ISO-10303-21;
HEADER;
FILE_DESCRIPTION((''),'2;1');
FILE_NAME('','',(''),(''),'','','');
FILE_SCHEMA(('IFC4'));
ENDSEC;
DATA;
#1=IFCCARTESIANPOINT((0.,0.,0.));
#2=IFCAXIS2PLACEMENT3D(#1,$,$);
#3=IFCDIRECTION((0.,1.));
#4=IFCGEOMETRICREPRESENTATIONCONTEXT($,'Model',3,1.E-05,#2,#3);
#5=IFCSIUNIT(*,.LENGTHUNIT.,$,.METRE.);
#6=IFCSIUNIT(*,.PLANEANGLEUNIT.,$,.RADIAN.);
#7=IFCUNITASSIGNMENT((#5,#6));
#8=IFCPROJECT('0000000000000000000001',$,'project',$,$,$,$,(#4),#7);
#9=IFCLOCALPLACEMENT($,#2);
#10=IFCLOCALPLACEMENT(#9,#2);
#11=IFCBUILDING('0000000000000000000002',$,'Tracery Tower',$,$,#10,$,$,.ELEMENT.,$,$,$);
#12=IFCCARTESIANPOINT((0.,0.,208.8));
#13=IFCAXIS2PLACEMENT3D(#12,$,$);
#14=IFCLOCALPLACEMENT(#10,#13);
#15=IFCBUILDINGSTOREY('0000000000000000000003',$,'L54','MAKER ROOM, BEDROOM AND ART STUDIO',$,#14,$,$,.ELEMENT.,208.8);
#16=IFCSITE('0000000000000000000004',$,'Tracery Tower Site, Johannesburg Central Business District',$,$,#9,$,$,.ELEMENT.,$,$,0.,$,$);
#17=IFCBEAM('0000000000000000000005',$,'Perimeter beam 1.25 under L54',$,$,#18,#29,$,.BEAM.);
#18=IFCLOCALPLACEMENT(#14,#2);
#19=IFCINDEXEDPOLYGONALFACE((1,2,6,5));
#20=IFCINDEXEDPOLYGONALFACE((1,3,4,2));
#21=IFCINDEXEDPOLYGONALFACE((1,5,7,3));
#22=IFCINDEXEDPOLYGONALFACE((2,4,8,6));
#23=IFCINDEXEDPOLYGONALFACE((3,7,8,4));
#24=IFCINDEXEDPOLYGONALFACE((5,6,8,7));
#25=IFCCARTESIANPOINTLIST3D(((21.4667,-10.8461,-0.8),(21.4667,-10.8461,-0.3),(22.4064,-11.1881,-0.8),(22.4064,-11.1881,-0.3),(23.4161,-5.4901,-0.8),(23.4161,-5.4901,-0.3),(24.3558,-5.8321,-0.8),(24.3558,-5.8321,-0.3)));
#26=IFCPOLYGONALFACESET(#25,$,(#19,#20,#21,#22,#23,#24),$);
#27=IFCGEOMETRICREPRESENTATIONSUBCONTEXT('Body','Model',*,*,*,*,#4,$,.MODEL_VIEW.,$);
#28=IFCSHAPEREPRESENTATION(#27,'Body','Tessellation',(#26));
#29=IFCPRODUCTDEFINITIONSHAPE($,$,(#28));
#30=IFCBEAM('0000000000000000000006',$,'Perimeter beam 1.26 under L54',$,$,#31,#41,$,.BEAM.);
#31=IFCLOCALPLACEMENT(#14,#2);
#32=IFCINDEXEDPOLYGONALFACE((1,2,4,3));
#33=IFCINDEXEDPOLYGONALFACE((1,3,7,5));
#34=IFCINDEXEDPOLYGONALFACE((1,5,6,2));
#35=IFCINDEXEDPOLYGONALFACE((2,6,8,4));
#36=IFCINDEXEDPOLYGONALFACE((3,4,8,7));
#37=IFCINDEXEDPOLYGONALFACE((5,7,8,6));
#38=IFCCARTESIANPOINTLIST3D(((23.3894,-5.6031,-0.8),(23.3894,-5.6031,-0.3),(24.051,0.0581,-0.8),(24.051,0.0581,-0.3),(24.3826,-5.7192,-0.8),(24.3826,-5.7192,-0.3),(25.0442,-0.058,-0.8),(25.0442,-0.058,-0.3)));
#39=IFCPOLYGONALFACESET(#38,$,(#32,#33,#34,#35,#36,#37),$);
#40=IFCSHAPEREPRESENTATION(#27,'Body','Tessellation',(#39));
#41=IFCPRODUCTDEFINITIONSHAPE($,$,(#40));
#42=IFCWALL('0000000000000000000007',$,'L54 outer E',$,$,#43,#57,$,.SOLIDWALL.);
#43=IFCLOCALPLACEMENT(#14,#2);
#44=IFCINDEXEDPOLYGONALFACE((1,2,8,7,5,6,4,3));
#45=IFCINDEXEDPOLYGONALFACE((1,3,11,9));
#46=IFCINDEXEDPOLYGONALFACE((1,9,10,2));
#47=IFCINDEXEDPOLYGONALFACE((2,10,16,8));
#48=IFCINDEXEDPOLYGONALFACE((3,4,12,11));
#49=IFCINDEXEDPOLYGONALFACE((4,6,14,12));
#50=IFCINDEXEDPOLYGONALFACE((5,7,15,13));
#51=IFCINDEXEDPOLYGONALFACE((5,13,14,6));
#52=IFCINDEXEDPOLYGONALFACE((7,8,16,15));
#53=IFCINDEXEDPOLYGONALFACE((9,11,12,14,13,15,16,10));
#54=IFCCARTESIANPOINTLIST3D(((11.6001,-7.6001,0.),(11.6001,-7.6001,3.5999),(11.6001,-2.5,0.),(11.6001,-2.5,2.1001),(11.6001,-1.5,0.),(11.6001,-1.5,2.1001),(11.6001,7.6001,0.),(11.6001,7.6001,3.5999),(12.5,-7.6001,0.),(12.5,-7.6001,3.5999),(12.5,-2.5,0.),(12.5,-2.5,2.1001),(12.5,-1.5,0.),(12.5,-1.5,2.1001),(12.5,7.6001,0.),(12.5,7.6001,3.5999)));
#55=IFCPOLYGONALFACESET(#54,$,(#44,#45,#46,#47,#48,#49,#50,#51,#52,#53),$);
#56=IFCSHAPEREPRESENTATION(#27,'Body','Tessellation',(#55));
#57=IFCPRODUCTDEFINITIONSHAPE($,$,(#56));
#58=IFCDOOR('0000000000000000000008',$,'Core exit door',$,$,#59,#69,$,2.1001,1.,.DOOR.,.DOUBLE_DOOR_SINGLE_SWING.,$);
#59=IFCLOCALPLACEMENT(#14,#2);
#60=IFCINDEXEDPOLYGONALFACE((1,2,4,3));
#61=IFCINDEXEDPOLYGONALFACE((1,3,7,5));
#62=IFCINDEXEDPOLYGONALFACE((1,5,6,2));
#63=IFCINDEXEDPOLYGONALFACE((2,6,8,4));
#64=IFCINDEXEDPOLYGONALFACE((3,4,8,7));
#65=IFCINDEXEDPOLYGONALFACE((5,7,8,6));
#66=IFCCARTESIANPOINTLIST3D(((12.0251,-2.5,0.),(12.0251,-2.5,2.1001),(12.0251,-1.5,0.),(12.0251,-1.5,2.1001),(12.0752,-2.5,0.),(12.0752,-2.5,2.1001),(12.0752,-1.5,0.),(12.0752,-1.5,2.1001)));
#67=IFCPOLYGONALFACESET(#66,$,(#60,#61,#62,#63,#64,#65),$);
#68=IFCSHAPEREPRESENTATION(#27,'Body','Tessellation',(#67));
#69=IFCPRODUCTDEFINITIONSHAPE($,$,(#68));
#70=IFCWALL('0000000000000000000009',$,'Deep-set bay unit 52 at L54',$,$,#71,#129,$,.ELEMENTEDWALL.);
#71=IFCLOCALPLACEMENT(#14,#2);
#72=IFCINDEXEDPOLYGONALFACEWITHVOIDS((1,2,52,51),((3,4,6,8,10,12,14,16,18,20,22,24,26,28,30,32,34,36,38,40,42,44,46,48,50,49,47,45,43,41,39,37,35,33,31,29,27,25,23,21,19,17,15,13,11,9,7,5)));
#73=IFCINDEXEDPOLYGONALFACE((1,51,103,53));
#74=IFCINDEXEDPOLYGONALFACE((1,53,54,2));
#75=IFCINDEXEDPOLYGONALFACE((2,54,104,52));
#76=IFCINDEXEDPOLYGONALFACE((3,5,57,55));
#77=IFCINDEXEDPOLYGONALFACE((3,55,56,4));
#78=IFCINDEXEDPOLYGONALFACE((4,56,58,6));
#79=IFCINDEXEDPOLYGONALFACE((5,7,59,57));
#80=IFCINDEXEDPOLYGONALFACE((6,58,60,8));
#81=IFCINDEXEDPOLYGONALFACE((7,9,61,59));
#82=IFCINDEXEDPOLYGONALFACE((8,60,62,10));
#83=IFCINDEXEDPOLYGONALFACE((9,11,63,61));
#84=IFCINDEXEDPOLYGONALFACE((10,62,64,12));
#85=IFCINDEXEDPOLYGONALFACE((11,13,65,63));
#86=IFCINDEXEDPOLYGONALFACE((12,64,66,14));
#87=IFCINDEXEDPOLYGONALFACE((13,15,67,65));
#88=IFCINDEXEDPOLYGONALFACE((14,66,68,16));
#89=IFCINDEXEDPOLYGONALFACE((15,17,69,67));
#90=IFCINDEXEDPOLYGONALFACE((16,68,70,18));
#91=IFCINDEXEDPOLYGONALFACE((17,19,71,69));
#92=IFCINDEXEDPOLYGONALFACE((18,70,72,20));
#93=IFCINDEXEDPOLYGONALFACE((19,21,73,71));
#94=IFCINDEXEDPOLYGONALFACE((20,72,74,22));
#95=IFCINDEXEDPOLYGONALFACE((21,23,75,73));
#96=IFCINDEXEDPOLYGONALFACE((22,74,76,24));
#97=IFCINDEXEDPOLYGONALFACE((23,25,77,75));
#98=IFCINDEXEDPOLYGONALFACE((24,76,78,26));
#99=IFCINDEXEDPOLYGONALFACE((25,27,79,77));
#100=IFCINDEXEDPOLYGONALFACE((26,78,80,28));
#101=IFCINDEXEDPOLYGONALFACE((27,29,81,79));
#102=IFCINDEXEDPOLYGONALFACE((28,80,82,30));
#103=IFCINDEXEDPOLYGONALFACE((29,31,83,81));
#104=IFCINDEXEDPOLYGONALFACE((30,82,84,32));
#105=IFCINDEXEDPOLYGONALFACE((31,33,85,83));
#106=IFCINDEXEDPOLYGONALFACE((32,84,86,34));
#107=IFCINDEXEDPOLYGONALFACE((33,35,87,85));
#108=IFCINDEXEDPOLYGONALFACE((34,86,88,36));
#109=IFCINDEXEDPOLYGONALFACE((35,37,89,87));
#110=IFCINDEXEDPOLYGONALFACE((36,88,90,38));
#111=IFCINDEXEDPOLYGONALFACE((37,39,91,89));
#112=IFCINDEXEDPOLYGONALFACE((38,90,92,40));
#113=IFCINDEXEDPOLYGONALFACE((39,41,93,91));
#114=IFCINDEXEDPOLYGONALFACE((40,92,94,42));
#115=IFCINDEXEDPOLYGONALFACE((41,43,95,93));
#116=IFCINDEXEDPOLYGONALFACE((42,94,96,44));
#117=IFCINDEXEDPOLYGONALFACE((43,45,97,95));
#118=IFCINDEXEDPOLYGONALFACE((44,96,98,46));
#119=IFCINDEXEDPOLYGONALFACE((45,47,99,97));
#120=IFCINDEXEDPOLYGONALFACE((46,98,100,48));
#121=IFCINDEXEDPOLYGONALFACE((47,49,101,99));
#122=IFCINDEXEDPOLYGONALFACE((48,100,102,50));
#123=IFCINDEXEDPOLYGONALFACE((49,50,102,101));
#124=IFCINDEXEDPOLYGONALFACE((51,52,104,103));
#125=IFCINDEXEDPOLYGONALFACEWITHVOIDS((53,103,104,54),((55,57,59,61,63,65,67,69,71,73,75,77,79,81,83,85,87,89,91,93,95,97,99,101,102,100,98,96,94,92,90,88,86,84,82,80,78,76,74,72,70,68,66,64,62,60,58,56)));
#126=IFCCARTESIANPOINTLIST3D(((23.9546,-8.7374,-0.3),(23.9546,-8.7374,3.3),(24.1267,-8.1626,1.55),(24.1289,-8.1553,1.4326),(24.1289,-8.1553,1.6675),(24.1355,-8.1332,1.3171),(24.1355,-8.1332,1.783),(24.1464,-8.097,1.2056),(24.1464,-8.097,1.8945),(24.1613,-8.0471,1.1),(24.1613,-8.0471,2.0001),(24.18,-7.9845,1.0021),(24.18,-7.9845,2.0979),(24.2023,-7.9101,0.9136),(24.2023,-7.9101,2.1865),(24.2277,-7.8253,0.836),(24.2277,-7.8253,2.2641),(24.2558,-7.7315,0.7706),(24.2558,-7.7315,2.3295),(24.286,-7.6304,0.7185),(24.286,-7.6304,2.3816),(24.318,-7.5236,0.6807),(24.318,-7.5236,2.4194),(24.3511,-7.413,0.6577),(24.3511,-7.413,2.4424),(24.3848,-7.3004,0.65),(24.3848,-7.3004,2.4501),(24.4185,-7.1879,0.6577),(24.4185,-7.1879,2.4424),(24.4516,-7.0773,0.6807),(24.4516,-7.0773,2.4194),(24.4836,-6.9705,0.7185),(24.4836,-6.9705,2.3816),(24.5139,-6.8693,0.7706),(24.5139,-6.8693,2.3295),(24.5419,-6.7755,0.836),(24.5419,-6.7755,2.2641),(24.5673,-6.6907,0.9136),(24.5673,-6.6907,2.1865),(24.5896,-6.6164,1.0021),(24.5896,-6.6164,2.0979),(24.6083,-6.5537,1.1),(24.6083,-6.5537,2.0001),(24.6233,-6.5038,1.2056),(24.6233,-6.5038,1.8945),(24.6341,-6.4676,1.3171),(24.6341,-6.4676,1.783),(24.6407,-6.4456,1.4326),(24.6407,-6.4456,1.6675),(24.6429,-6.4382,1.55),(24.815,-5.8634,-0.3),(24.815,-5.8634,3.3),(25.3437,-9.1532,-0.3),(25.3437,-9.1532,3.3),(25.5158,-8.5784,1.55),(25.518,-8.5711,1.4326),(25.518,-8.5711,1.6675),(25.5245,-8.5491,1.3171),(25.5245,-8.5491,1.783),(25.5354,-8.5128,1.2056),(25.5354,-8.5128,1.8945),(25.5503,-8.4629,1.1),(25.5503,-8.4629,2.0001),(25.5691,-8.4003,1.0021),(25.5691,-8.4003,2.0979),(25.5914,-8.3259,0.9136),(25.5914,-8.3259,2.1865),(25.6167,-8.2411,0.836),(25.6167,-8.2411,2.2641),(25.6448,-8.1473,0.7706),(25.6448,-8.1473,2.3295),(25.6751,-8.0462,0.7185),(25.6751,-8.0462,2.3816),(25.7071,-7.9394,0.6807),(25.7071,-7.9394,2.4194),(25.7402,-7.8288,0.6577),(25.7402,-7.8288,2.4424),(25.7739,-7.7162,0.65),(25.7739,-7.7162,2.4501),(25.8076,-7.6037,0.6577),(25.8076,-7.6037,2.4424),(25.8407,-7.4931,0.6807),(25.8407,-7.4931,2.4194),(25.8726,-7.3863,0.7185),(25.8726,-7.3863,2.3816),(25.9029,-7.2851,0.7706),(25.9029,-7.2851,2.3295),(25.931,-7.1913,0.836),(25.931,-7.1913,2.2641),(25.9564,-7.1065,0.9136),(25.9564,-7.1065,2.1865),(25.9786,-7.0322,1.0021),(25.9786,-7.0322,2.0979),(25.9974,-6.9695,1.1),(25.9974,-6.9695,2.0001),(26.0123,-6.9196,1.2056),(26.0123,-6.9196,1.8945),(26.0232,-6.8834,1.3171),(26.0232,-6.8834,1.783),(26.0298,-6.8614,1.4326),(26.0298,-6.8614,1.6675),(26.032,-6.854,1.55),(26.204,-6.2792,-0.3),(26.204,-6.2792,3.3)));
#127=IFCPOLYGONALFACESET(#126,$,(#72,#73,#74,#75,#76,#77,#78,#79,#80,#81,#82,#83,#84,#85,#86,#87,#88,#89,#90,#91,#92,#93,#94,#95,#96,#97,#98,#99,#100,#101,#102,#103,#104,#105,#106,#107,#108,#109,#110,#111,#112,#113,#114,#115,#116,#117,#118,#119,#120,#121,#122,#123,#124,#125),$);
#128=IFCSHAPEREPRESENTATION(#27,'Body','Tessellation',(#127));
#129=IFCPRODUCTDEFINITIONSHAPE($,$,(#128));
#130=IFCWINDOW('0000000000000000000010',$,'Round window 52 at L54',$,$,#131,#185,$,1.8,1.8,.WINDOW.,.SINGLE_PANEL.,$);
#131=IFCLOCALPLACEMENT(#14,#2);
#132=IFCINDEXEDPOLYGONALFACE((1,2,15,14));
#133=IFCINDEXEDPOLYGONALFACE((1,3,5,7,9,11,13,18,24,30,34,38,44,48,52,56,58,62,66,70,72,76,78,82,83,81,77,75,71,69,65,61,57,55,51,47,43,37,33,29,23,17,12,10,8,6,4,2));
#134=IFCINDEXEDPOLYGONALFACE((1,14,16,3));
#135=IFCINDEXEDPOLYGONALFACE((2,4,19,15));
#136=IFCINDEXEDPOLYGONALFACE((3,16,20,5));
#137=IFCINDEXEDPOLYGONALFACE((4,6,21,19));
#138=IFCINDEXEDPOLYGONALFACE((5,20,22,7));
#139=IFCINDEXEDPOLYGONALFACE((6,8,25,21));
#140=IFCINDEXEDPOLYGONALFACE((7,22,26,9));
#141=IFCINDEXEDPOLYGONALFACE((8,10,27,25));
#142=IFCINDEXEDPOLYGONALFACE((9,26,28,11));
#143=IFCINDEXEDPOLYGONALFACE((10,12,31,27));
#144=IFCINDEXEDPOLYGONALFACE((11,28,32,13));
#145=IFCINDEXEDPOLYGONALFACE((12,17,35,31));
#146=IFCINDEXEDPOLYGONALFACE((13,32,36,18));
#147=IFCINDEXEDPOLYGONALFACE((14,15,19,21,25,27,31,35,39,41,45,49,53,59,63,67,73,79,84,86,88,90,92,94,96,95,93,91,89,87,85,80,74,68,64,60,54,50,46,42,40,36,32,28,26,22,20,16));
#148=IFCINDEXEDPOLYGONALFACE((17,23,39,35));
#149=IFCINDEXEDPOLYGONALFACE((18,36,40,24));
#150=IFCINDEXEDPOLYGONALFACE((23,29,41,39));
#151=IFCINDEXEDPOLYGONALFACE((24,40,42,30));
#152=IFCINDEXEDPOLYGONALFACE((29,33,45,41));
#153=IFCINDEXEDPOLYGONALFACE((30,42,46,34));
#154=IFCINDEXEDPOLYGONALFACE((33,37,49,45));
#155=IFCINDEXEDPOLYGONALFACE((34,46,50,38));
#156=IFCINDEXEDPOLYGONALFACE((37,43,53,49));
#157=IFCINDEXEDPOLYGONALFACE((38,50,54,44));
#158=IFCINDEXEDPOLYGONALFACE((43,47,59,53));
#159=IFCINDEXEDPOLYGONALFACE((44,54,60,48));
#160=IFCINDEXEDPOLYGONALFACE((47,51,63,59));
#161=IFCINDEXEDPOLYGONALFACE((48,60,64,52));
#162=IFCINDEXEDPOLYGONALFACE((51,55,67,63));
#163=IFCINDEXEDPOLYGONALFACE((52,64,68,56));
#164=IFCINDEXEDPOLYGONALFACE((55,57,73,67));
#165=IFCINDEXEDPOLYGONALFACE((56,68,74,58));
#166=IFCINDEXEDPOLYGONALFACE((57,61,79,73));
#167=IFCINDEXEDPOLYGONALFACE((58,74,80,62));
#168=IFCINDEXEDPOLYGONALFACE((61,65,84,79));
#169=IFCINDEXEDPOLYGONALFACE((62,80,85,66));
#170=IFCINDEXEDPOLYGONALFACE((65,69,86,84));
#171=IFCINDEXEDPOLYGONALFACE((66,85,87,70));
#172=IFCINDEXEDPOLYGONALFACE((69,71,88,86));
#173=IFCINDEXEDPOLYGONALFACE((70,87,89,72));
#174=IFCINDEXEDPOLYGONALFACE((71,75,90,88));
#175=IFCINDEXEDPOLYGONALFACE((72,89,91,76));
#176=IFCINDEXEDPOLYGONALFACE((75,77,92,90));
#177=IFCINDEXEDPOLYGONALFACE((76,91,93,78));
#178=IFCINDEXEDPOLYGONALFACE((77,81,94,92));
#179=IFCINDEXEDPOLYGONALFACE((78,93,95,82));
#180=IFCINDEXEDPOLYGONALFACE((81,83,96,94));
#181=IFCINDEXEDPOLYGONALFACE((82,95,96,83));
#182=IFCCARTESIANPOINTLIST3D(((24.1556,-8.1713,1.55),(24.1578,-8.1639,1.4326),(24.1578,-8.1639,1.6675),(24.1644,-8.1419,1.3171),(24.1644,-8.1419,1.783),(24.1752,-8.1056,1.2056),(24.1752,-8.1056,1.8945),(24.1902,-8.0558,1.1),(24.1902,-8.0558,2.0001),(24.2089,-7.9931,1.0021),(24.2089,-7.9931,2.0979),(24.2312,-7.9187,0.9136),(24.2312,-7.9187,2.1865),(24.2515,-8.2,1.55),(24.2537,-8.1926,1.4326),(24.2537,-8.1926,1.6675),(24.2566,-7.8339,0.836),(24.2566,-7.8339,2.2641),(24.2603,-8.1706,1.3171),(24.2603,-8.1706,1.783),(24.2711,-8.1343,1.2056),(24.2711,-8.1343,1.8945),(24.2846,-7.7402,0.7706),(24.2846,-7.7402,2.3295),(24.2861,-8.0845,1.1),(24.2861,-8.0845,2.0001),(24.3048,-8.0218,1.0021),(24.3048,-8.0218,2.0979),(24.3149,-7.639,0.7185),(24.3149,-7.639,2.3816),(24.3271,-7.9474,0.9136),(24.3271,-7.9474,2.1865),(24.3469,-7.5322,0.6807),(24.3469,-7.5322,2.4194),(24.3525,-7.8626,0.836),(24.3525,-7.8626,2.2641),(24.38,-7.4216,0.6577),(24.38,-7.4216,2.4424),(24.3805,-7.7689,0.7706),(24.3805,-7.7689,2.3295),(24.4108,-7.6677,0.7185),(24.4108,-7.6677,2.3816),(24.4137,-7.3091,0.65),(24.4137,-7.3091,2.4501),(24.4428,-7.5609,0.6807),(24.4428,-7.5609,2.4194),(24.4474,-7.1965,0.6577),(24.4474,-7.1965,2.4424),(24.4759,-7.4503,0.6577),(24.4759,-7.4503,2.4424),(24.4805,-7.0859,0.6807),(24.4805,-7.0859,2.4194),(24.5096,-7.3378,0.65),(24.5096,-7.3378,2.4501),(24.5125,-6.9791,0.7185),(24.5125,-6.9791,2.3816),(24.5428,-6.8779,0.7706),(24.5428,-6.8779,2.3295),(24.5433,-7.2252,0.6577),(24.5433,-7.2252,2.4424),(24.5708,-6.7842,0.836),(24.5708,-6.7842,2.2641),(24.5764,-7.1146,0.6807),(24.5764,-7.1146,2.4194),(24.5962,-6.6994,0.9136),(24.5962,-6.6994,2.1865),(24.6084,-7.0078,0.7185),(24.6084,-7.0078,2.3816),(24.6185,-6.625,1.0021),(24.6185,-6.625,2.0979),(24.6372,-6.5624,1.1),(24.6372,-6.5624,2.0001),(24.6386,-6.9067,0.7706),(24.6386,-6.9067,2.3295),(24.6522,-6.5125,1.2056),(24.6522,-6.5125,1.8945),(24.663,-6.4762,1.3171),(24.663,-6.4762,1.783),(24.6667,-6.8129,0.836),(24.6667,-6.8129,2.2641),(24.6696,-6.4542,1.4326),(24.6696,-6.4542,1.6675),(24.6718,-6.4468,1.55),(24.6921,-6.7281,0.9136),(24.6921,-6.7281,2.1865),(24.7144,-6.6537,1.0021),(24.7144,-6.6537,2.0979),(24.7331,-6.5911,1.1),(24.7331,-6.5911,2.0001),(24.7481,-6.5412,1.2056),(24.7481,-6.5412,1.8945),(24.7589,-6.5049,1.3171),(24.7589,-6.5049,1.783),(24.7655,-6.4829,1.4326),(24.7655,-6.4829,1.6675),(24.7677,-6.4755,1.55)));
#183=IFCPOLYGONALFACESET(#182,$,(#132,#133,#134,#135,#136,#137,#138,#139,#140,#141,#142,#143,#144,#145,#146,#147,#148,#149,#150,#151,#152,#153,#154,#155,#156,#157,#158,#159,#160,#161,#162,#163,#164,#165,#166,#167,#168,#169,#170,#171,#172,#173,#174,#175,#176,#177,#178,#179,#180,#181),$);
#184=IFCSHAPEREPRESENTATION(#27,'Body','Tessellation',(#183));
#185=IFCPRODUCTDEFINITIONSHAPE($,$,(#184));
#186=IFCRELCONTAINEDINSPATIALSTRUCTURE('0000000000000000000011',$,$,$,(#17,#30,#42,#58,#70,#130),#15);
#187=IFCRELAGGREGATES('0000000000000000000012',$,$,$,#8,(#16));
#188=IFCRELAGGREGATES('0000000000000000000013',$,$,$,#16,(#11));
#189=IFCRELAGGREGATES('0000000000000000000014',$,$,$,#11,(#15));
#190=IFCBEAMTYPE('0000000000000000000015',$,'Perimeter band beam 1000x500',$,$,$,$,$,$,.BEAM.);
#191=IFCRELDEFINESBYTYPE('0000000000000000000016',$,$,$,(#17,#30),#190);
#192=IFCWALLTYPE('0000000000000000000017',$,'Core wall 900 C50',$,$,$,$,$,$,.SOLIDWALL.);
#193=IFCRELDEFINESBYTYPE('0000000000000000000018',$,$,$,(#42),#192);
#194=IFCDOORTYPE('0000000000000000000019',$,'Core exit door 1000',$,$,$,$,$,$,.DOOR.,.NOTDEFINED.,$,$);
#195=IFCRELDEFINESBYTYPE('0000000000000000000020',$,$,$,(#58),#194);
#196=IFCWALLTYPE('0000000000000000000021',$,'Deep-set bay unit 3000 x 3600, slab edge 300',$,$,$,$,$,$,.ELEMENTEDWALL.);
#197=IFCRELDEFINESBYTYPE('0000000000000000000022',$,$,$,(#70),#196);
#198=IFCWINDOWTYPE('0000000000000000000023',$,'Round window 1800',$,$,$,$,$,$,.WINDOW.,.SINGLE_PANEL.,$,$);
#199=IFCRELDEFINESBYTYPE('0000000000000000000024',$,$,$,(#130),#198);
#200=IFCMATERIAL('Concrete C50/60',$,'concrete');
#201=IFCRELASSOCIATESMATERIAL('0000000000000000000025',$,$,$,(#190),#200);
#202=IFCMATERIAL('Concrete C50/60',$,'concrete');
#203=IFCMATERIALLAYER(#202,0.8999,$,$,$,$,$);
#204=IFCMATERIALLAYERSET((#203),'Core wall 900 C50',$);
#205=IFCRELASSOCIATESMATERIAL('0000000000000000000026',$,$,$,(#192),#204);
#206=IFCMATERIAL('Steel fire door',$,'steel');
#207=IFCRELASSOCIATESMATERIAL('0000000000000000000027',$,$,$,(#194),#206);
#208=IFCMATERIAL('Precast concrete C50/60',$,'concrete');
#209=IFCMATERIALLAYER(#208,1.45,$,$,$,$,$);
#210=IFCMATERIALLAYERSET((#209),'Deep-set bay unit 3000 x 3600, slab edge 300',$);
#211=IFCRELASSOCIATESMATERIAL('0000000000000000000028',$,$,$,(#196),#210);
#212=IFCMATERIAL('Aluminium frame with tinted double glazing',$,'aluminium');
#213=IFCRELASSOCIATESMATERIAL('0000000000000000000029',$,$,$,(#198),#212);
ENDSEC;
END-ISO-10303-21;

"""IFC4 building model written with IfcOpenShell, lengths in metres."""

from ifc_helpers import new_model, si_unit, direction, frame, frame_2d, origin, origin_2d, place, context, subcontext, project, spatial, rectangle, circle, extrude, material, layer, layer_set, material_profile, profile_set, type_object, element, fill, save


model = new_model("IFC4")

# Units and contexts
model_context = context("Model", 3, precision=1e-05, world=origin(), true_north=direction((0.0, 1.0)))
body_context = subcontext(model_context, "Body", "Model", "MODEL_VIEW")
ifc_project = project(units=[si_unit("LENGTHUNIT", "METRE"), si_unit("PLANEANGLEUNIT", "RADIAN")], contexts=[model_context])

# Site, building, storey
site_placement = place(None, origin())
site = spatial("IfcSite", under=ifc_project, at=site_placement, Name="Tracery Tower Site, Johannesburg Central Business District", CompositionType="ELEMENT", RefElevation=0.0)
building_placement = place(site_placement, origin())
building = spatial("IfcBuilding", under=site, at=building_placement, Name="Tracery Tower", CompositionType="ELEMENT")
storey_placement = place(building_placement, frame((0.0, 0.0, 208.8)))
storey = spatial("IfcBuildingStorey", under=building, at=storey_placement, Name="L54", Description="MAKER ROOM, BEDROOM AND ART STUDIO", CompositionType="ELEMENT", Elevation=208.8)

# Beams
ifc_material_1 = material(Name="Concrete C50/60", Category="concrete")
ifc_material_profile_1 = material_profile(ifc_material_1, rectangle(XDim=1.0, YDim=0.5, at=origin_2d()), Name="RC 1000x500")
ifc_profile_set_1 = profile_set([ifc_material_profile_1], Name="Concrete C50/60")
beam_type = type_object("IfcBeamType", Name="Perimeter band beam 1000x500", PredefinedType="BEAM", material=ifc_profile_set_1)
for number, where, z_axis, x_axis, name in (
    (1, (21.9365, -11.0171, -0.55), (0.342029, 0.93969, 0.0), (-0.93969, 0.342029, 0.0), "Perimeter beam 1.25 under L54"),
    (2, (23.886, -5.6611, -0.55), (0.116081, 0.99324, 0.0), (-0.99324, 0.116081, 0.0), "Perimeter beam 1.26 under L54"),
):
    element("IfcBeam", number, at=place(storey_placement, frame(where, z_axis=z_axis, x_axis=x_axis)), inside=storey, type_object=beam_type, Name=name, PredefinedType="BEAM", context=body_context, shape_type="SweptSolid", body=[
        extrude(rectangle(XDim=1.0, YDim=0.5, at=origin_2d()), origin(), (0.0, 0.0, 1.0), 5.6997),
    ])

# Wall, opening, door
ifc_material_2 = material(Name="Concrete C50/60", Category="concrete")
ifc_layer_1 = layer(ifc_material_2, 0.8999)
ifc_layer_set_1 = layer_set([ifc_layer_1], Name="Core wall 900 C50")
wall_type_1 = type_object("IfcWallType", Name="Core wall 900 C50", PredefinedType="SOLIDWALL", material=ifc_layer_set_1)
wall_1_placement = place(storey_placement, frame((12.05, -7.6001, 0.0), z_axis=(0.0, 0.0, 1.0), x_axis=(0.0, 1.0, 0.0)))
wall_1 = element("IfcWall", 3, at=wall_1_placement, inside=storey, type_object=wall_type_1, Name="L54 outer E", PredefinedType="SOLIDWALL", context=body_context, shape_type="SweptSolid", body=[
    extrude(rectangle(XDim=15.2002, YDim=0.8999, at=frame_2d((7.6001, 0.0))), origin(), (0.0, 0.0, 1.0), 3.5999),
])
opening_1_placement = place(wall_1_placement, frame((5.1001, 0.0, 0.0)))
opening_1 = element("IfcOpeningElement", 4, at=opening_1_placement, cuts=wall_1, PredefinedType="OPENING", context=body_context, shape_type="SweptSolid", body=[
    extrude(rectangle(XDim=1.0, YDim=2.1001, at=frame_2d((0.5, 1.05))), frame((0.0, 0.45, 0.0), z_axis=(0.0, -1.0, 0.0), x_axis=(1.0, 0.0, 0.0)), (0.0, 0.0, 1.0), 0.8999),
])
ifc_material_3 = material(Name="Steel fire door", Category="steel")
door_type_1 = type_object("IfcDoorType", Name="Core exit door 1000", OperationType="NOTDEFINED", PredefinedType="DOOR", material=ifc_material_3)
door_1_placement = place(opening_1_placement, origin())
door_1 = element("IfcDoor", 5, at=door_1_placement, inside=storey, type_object=door_type_1, Name="Core exit door", OperationType="DOUBLE_DOOR_SINGLE_SWING", OverallHeight=2.1001, OverallWidth=1.0, PredefinedType="DOOR", context=body_context, shape_type="SweptSolid", body=[
    extrude(rectangle(XDim=1.0, YDim=2.1001, at=frame_2d((0.5, 1.05))), frame((0.0, 0.0249, 0.0), z_axis=(0.0, -1.0, 0.0), x_axis=(1.0, 0.0, 0.0)), (0.0, 0.0, 1.0), 0.05),
])
fill(opening_1, door_1)

# Wall, opening, window
ifc_material_4 = material(Name="Precast concrete C50/60", Category="concrete")
ifc_layer_2 = layer(ifc_material_4, 1.45)
ifc_layer_set_2 = layer_set([ifc_layer_2], Name="Deep-set bay unit 3000 x 3600, slab edge 300")
wall_type_2 = type_object("IfcWallType", Name="Deep-set bay unit 3000 x 3600, slab edge 300", PredefinedType="ELEMENTEDWALL", material=ifc_layer_set_2)
wall_2_placement = place(storey_placement, frame((24.6492, -8.9453, -0.3), z_axis=(0.0, 0.0, 1.0), x_axis=(0.28678, 0.957996, 0.0)))
wall_2 = element("IfcWall", 6, at=wall_2_placement, inside=storey, type_object=wall_type_2, Name="Deep-set bay unit 52 at L54", PredefinedType="ELEMENTEDWALL", context=body_context, shape_type="SweptSolid", body=[
    extrude(rectangle(XDim=3.0, YDim=1.45, at=frame_2d((1.5, 0.0))), origin(), (0.0, 0.0, 1.0), 3.6001),
])
opening_2_placement = place(wall_2_placement, frame((1.5, 0.0, 1.8501)))
opening_2 = element("IfcOpeningElement", 7, at=opening_2_placement, cuts=wall_2, PredefinedType="OPENING", context=body_context, shape_type="SweptSolid", body=[
    extrude(circle(Radius=0.9, at=origin_2d()), frame((0.0, 0.7349, 0.0), z_axis=(0.0, -1.0, 0.0), x_axis=(1.0, 0.0, 0.0)), (0.0, 0.0, 1.0), 1.47),
])
ifc_material_5 = material(Name="Aluminium frame with tinted double glazing", Category="aluminium")
window_type = type_object("IfcWindowType", Name="Round window 1800", PartitioningType="SINGLE_PANEL", PredefinedType="WINDOW", material=ifc_material_5)
window_1_placement = place(opening_2_placement, origin())
window_1 = element("IfcWindow", 8, at=window_1_placement, inside=storey, type_object=window_type, Name="Round window 52 at L54", OverallHeight=1.8, OverallWidth=1.8, PartitioningType="SINGLE_PANEL", PredefinedType="WINDOW", context=body_context, shape_type="SweptSolid", body=[
    extrude(circle(Radius=0.9, at=origin_2d()), frame((0.0, 0.6948, 0.0), z_axis=(0.0, -1.0, 0.0), x_axis=(1.0, 0.0, 0.0)), (0.0, 0.0, 1.0), 0.1001),
])
fill(opening_2, window_1)

save(model, "model.ifc")
